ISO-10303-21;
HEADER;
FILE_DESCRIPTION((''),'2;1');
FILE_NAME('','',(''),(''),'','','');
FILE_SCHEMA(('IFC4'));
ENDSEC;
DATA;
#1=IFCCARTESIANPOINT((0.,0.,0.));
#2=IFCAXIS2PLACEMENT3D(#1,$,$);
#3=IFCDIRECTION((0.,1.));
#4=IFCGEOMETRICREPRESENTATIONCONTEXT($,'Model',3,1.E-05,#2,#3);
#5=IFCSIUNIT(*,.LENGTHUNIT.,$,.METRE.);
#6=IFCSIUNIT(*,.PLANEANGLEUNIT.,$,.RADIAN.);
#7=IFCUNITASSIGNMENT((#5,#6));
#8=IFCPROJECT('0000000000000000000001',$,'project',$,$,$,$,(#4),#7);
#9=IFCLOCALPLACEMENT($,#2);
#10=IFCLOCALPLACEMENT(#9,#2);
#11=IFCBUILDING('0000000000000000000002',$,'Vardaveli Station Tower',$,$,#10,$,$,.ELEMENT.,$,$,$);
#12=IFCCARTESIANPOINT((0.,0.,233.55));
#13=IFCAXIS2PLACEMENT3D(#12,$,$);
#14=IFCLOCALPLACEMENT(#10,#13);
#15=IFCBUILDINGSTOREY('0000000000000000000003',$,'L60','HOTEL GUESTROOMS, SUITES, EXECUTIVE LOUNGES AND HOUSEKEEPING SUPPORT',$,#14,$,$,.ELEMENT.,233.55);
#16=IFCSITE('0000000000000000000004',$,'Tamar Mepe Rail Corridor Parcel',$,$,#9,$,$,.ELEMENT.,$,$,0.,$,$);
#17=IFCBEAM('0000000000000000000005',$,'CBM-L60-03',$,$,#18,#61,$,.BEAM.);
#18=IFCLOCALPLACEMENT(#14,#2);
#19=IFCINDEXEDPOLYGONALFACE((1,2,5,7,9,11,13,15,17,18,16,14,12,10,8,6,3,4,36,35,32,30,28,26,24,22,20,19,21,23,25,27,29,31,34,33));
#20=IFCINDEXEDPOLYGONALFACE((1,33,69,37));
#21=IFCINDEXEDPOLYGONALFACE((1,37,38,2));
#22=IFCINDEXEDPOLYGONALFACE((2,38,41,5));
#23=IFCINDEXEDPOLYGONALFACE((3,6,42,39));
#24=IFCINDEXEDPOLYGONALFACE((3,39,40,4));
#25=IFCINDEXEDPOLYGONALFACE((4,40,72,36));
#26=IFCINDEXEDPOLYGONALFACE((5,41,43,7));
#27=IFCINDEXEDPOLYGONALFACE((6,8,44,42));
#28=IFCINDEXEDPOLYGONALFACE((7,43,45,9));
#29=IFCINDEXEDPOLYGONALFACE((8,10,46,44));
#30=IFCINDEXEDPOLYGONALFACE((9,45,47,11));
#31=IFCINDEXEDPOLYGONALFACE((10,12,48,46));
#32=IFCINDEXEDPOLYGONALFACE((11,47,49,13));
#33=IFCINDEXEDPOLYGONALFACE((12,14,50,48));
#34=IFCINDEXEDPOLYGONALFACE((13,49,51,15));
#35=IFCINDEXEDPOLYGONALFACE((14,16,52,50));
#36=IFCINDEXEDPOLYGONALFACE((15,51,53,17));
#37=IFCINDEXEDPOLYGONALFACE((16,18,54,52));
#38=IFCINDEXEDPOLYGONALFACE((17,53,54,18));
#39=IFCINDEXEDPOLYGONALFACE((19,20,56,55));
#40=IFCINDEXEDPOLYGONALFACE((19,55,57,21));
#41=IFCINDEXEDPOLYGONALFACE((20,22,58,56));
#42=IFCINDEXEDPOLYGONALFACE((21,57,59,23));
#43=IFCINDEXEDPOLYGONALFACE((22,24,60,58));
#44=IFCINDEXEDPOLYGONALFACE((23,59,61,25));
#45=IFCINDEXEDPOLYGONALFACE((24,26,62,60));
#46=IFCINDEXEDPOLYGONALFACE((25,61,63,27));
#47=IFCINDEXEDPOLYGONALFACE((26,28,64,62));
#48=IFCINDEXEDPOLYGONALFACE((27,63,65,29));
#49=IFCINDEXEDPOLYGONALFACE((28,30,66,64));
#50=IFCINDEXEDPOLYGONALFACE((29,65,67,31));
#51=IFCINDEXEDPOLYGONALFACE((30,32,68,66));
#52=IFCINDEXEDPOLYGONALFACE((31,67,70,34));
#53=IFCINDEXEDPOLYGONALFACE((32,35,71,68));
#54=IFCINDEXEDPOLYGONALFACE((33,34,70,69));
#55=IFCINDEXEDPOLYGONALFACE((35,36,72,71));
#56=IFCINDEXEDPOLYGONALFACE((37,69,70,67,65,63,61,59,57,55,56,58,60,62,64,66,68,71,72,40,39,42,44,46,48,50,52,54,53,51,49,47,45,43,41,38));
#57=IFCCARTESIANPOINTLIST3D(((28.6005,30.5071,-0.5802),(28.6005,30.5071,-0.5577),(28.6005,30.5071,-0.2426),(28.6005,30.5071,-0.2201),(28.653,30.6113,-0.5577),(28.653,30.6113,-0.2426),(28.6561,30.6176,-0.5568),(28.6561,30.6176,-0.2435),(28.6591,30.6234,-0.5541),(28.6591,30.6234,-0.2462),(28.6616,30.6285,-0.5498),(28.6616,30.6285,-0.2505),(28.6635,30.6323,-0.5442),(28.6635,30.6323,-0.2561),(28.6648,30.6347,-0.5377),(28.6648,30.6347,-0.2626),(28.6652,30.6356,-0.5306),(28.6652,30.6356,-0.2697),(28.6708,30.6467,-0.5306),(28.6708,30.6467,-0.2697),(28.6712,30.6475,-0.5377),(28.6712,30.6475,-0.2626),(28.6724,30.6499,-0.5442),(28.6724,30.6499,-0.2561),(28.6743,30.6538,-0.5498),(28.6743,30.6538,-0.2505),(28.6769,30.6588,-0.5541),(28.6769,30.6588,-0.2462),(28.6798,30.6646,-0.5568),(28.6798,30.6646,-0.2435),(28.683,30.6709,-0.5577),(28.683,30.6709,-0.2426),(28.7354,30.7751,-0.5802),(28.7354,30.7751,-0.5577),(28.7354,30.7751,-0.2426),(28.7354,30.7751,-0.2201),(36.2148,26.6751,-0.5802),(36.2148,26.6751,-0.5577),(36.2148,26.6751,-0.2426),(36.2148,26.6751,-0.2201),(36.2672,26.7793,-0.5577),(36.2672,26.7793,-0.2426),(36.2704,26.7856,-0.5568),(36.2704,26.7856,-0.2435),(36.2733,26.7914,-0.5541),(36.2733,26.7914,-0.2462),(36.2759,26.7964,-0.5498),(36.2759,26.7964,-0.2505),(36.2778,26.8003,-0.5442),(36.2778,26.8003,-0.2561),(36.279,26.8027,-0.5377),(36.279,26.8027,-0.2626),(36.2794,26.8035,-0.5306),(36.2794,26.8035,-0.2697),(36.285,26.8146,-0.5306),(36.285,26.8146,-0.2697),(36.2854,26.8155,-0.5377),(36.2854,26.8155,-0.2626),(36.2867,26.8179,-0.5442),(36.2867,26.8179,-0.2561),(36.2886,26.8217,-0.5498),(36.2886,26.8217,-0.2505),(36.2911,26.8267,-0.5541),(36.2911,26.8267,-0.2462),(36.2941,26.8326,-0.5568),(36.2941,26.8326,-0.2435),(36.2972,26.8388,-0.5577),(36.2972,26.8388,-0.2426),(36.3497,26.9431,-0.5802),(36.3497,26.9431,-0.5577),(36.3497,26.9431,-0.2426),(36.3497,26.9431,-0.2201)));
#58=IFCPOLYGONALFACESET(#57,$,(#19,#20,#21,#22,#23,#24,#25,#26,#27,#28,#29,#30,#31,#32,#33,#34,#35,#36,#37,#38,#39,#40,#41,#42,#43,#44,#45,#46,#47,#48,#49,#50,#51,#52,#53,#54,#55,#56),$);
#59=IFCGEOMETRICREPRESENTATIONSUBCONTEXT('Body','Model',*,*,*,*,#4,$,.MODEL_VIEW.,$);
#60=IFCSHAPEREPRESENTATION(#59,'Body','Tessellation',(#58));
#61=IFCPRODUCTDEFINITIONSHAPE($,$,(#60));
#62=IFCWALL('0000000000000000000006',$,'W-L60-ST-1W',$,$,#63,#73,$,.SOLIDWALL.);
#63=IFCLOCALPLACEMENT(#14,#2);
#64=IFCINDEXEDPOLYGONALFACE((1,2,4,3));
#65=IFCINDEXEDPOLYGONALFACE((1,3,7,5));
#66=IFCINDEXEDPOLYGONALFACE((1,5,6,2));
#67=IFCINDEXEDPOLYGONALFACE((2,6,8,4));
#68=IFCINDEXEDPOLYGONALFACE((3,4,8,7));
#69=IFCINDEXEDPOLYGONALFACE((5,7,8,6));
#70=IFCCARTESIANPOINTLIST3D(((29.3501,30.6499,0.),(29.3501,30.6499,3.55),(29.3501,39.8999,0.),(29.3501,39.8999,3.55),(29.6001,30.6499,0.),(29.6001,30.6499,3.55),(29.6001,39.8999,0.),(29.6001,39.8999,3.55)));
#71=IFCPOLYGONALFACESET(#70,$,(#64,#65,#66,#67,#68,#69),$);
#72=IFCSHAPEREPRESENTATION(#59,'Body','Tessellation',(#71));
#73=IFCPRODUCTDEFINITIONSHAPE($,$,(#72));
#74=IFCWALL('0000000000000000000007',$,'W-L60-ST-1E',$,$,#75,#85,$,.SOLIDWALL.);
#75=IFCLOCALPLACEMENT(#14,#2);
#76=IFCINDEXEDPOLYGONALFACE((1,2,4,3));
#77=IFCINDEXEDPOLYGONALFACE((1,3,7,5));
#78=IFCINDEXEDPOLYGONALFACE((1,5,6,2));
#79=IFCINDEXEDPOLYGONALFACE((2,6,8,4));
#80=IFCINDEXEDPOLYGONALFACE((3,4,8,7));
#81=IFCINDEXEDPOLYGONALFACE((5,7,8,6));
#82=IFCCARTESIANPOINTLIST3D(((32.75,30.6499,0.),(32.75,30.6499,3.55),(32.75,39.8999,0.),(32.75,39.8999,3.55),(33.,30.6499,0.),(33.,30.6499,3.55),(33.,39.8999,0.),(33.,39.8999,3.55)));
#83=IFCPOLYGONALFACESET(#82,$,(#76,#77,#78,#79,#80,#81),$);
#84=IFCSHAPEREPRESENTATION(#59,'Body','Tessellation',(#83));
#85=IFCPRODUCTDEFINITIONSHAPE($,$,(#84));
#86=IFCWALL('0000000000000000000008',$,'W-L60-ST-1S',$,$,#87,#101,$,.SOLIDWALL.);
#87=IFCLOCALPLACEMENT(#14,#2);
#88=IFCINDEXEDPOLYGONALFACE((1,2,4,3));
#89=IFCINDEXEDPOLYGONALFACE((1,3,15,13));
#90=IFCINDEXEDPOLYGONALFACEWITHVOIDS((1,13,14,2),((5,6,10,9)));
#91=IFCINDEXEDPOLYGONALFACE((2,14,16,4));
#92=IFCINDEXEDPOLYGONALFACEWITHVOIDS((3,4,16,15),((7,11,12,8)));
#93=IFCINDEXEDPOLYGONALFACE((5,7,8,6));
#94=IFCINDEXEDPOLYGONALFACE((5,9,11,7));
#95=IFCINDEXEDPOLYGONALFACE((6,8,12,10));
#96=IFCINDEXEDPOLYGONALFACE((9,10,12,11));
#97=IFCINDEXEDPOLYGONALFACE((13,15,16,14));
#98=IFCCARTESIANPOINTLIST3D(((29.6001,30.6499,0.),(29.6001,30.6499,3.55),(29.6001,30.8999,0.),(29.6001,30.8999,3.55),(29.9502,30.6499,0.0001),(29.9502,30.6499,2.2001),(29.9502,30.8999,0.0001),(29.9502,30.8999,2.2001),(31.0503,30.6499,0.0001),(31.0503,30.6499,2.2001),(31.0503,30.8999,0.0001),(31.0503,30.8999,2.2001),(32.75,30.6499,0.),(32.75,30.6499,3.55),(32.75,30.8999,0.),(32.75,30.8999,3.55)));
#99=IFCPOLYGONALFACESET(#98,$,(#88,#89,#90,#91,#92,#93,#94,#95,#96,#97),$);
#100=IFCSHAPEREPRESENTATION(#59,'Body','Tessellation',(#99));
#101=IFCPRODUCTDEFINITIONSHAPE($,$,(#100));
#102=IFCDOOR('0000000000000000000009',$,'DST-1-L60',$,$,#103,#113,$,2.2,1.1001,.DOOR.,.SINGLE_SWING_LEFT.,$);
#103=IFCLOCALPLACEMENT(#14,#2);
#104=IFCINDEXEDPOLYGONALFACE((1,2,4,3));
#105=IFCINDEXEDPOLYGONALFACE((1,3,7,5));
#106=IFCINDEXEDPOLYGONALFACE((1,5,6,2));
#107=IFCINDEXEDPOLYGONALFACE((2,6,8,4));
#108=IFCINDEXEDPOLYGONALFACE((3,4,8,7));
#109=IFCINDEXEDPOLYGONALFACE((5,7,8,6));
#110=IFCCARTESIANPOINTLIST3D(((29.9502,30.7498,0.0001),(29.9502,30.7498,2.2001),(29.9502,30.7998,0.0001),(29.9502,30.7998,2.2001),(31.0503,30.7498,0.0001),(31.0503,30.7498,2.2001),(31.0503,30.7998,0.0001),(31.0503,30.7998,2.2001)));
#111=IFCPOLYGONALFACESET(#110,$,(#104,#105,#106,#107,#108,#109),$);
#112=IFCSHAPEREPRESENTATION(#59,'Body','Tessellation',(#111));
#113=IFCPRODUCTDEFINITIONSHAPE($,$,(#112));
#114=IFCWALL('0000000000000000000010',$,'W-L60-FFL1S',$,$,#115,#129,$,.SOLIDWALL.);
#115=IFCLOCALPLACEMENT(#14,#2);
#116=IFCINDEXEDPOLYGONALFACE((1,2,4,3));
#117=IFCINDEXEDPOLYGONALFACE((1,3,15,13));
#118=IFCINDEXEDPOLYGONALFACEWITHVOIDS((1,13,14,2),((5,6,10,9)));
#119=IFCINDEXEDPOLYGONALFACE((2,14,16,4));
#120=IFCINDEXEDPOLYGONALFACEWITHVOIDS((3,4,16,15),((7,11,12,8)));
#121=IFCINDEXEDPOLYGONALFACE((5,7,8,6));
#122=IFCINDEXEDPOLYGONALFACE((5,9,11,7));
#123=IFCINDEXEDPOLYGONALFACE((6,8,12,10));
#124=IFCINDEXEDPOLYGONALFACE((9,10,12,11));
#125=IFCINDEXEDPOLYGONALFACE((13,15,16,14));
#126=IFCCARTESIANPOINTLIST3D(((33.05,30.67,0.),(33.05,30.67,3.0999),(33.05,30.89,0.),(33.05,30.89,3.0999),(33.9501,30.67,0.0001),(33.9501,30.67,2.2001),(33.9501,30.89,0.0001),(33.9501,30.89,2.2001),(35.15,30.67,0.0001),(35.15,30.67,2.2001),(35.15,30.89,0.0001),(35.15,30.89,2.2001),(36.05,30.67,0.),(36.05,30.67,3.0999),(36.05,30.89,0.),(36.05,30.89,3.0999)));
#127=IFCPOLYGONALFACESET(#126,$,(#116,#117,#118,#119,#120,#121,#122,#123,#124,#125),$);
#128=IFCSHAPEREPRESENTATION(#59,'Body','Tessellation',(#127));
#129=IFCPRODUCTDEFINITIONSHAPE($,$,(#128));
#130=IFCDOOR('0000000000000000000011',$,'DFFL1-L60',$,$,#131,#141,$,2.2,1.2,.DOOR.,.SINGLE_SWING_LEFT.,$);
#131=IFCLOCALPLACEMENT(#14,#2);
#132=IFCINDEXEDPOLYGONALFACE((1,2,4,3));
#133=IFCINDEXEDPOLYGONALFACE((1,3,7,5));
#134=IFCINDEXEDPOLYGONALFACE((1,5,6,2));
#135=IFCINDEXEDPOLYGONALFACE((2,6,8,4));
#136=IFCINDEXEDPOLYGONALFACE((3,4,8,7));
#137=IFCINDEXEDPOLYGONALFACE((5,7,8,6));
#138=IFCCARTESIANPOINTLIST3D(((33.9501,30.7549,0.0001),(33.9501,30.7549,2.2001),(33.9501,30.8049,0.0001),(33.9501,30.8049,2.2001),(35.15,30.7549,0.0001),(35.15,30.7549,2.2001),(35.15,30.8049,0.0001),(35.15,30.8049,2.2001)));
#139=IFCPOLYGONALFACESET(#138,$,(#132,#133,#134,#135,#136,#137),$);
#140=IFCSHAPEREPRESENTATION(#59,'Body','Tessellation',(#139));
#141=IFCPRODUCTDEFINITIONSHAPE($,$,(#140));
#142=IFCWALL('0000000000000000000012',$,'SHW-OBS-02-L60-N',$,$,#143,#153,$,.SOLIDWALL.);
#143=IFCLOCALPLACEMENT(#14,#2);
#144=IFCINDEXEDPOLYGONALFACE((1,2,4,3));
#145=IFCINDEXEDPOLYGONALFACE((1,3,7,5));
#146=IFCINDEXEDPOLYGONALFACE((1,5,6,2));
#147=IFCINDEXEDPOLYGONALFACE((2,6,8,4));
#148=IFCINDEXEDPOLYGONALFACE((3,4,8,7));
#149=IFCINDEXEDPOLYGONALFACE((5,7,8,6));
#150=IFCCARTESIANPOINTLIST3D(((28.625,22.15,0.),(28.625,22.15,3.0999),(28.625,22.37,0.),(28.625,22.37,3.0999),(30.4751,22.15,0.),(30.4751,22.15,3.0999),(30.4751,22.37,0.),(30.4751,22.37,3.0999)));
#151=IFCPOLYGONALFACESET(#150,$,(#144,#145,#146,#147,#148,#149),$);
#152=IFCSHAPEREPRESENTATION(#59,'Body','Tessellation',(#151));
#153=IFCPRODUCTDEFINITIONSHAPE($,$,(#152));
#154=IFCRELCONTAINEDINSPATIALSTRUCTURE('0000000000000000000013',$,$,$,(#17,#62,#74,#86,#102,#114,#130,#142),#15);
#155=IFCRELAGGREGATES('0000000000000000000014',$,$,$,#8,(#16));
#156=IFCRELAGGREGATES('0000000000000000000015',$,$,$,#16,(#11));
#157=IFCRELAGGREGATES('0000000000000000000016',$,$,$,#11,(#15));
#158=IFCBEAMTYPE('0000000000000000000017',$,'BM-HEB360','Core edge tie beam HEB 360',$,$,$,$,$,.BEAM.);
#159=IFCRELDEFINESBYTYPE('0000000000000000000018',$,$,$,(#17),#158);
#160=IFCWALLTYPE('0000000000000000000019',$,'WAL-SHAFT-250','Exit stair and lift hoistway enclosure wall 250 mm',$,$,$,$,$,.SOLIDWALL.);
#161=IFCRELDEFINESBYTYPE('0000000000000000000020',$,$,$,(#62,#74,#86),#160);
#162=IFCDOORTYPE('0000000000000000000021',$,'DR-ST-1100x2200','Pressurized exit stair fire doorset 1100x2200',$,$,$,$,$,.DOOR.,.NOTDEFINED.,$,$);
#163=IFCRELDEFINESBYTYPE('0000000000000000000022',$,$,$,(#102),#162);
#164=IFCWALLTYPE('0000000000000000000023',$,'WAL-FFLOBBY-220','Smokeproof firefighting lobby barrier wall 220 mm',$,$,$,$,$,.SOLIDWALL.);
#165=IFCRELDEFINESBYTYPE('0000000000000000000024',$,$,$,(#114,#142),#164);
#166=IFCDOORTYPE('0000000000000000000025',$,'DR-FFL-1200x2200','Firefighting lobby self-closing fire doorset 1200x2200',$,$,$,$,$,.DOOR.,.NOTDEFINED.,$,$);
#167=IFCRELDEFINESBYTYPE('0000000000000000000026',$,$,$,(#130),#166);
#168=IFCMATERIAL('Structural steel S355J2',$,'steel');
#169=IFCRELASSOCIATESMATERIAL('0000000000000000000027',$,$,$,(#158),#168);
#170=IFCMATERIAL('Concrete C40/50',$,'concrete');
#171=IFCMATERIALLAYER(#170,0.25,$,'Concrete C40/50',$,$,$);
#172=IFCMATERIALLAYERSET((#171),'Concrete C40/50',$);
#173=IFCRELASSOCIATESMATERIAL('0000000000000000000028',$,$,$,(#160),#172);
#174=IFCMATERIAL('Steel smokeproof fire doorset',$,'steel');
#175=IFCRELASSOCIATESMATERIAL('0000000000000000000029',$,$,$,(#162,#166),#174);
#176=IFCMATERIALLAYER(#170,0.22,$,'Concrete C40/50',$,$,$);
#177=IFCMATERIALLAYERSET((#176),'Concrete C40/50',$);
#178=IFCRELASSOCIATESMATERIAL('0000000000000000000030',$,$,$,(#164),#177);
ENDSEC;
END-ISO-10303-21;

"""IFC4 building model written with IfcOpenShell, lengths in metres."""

from ifc_helpers import new_model, si_unit, direction, frame, frame_2d, origin, origin_2d, place, context, subcontext, project, spatial, rectangle, i_section, extrude, source, transform, mapped, material, layer, layer_set, material_profile, profile_set, type_object, element, fill, save


model = new_model("IFC4")

# Units and contexts
model_context = context("Model", 3, precision=1e-05, world=origin(), true_north=direction((0.0, 1.0)))
body_context = subcontext(model_context, "Body", "Model", "MODEL_VIEW")
ifc_project = project(units=[si_unit("LENGTHUNIT", "METRE"), si_unit("PLANEANGLEUNIT", "RADIAN")], contexts=[model_context])

# Site, building, storey
site_placement = place(None, origin())
site = spatial("IfcSite", under=ifc_project, at=site_placement, Name="Tamar Mepe Rail Corridor Parcel", CompositionType="ELEMENT", RefElevation=0.0)
building_placement = place(site_placement, origin())
building = spatial("IfcBuilding", under=site, at=building_placement, Name="Vardaveli Station Tower", CompositionType="ELEMENT")
storey_placement = place(building_placement, frame((0.0, 0.0, 233.55)))
storey = spatial("IfcBuildingStorey", under=building, at=storey_placement, Name="L60", Description="HOTEL GUESTROOMS, SUITES, EXECUTIVE LOUNGES AND HOUSEKEEPING SUPPORT", CompositionType="ELEMENT", Elevation=233.55)

# Beam
ifc_material_1 = material(Name="Structural steel S355J2", Category="steel")
ifc_material_profile_1 = material_profile(ifc_material_1, i_section(OverallWidth=0.3, OverallDepth=0.3601, WebThickness=0.0125, FlangeThickness=0.0225, FilletRadius=0.0271, at=origin_2d()), Name="HEB 360")
ifc_profile_set_1 = profile_set([ifc_material_profile_1], Name="Structural steel S355J2")
beam_type_1 = type_object("IfcBeamType", Name="BM-HEB360", Description="Core edge tie beam HEB 360", PredefinedType="BEAM", material=ifc_profile_set_1)
shared_shape_1 = source(origin(), body_context, "Body", "SweptSolid", [
    extrude(i_section(OverallWidth=0.3, OverallDepth=0.3601, WebThickness=0.0125, FlangeThickness=0.0225, FilletRadius=0.0271, at=origin_2d()), origin(), (0.0, 0.0, 1.0), 8.5242),
])
beam_1_placement = place(storey_placement, frame((28.668, 30.6411, -0.4001), z_axis=(0.893256, -0.449549, 0.0), x_axis=(0.449549, 0.893256, 0.0)))
element("IfcBeam", 1, at=beam_1_placement, inside=storey, type_object=beam_type_1, Name="CBM-L60-03", PredefinedType="BEAM", context=body_context, shape_type="MappedRepresentation", body=[
    mapped(shared_shape_1, transform((0.0, 0.0, 0.0), scale=1.0)),
])

# Walls
ifc_material_2 = material(Name="Concrete C40/50", Category="concrete")
ifc_layer_1 = layer(ifc_material_2, 0.25, Name="Concrete C40/50")
ifc_layer_set_1 = layer_set([ifc_layer_1], Name="Concrete C40/50")
wall_type_1 = type_object("IfcWallType", Name="WAL-SHAFT-250", Description="Exit stair and lift hoistway enclosure wall 250 mm", PredefinedType="SOLIDWALL", material=ifc_layer_set_1)
shared_shape_2 = source(origin(), body_context, "Body", "SweptSolid", [
    extrude(rectangle(XDim=9.25, YDim=0.25, at=frame_2d((4.625, 0.0))), origin(), (0.0, 0.0, 1.0), 3.55),
])
for number, where, z_axis, x_axis, name in (
    (2, (29.4751, 30.6499, 0.0), (0.0, 0.0, 1.0), (0.0, 1.0, 0.0), "W-L60-ST-1W"),
    (3, (32.875, 30.6499, 0.0), (0.0, 0.0, 1.0), (0.0, 1.0, 0.0), "W-L60-ST-1E"),
):
    element("IfcWall", number, at=place(storey_placement, frame(where, z_axis=z_axis, x_axis=x_axis)), inside=storey, type_object=wall_type_1, Name=name, PredefinedType="SOLIDWALL", context=body_context, shape_type="MappedRepresentation", body=[
        mapped(shared_shape_2, transform((0.0, 0.0, 0.0), scale=1.0)),
    ])

# Walls, openings, doors
shared_shape_3 = source(origin(), body_context, "Body", "SweptSolid", [
    extrude(rectangle(XDim=3.1499, YDim=0.25, at=frame_2d((1.575, 0.0))), origin(), (0.0, 0.0, 1.0), 3.55),
])
wall_1_placement = place(storey_placement, frame((29.6001, 30.7749, 0.0), z_axis=(0.0, 0.0, 1.0), x_axis=(1.0, 0.0, 0.0)))
wall_1 = element("IfcWall", 4, at=wall_1_placement, inside=storey, type_object=wall_type_1, Name="W-L60-ST-1S", PredefinedType="SOLIDWALL", context=body_context, shape_type="MappedRepresentation", body=[
    mapped(shared_shape_3, transform((0.0, 0.0, 0.0), scale=1.0)),
])
shared_shape_4 = source(origin(), body_context, "Body", "SweptSolid", [
    extrude(rectangle(XDim=1.1001, YDim=2.2, at=frame_2d((0.55, 1.1001))), frame((0.0, 0.135, 0.0), z_axis=(0.0, -1.0, 0.0), x_axis=(1.0, 0.0, 0.0)), (0.0, 0.0, 1.0), 0.27),
])
opening_1_placement = place(wall_1_placement, frame((0.3501, 0.0, 0.0)))
opening_1 = element("IfcOpeningElement", 5, at=opening_1_placement, cuts=wall_1, PredefinedType="OPENING", context=body_context, shape_type="MappedRepresentation", body=[
    mapped(shared_shape_4, transform((0.0, 0.0, 0.0), scale=1.0)),
])
ifc_material_3 = material(Name="Steel smokeproof fire doorset", Category="steel")
door_type_1 = type_object("IfcDoorType", Name="DR-ST-1100x2200", Description="Pressurized exit stair fire doorset 1100x2200", OperationType="NOTDEFINED", PredefinedType="DOOR", material=ifc_material_3)
shared_shape_5 = source(origin(), body_context, "Body", "SweptSolid", [
    extrude(rectangle(XDim=1.1001, YDim=2.2, at=frame_2d((0.55, 1.1001))), frame((0.0, 0.0249, 0.0), z_axis=(0.0, -1.0, 0.0), x_axis=(1.0, 0.0, 0.0)), (0.0, 0.0, 1.0), 0.05),
])
door_1_placement = place(opening_1_placement, origin())
door_1 = element("IfcDoor", 6, at=door_1_placement, inside=storey, type_object=door_type_1, Name="DST-1-L60", OperationType="SINGLE_SWING_LEFT", OverallHeight=2.2, OverallWidth=1.1001, PredefinedType="DOOR", context=body_context, shape_type="MappedRepresentation", body=[
    mapped(shared_shape_5, transform((0.0, 0.0, 0.0), scale=1.0)),
])
fill(opening_1, door_1)
ifc_layer_2 = layer(ifc_material_2, 0.22, Name="Concrete C40/50")
ifc_layer_set_2 = layer_set([ifc_layer_2], Name="Concrete C40/50")
wall_type_2 = type_object("IfcWallType", Name="WAL-FFLOBBY-220", Description="Smokeproof firefighting lobby barrier wall 220 mm", PredefinedType="SOLIDWALL", material=ifc_layer_set_2)
shared_shape_6 = source(origin(), body_context, "Body", "SweptSolid", [
    extrude(rectangle(XDim=3.0, YDim=0.22, at=frame_2d((1.5, 0.0))), origin(), (0.0, 0.0, 1.0), 3.0999),
])
wall_2_placement = place(storey_placement, frame((33.05, 30.78, 0.0), z_axis=(0.0, 0.0, 1.0), x_axis=(1.0, 0.0, 0.0)))
wall_2 = element("IfcWall", 7, at=wall_2_placement, inside=storey, type_object=wall_type_2, Name="W-L60-FFL1S", PredefinedType="SOLIDWALL", context=body_context, shape_type="MappedRepresentation", body=[
    mapped(shared_shape_6, transform((0.0, 0.0, 0.0), scale=1.0)),
])
shared_shape_7 = source(origin(), body_context, "Body", "SweptSolid", [
    extrude(rectangle(XDim=1.2, YDim=2.2, at=frame_2d((0.6001, 1.1001))), frame((0.0, 0.1201, 0.0), z_axis=(0.0, -1.0, 0.0), x_axis=(1.0, 0.0, 0.0)), (0.0, 0.0, 1.0), 0.24),
])
opening_2_placement = place(wall_2_placement, frame((0.8999, 0.0, 0.0)))
opening_2 = element("IfcOpeningElement", 8, at=opening_2_placement, cuts=wall_2, PredefinedType="OPENING", context=body_context, shape_type="MappedRepresentation", body=[
    mapped(shared_shape_7, transform((0.0, 0.0, 0.0), scale=1.0)),
])
door_type_2 = type_object("IfcDoorType", Name="DR-FFL-1200x2200", Description="Firefighting lobby self-closing fire doorset 1200x2200", OperationType="NOTDEFINED", PredefinedType="DOOR", material=ifc_material_3)
shared_shape_8 = source(origin(), body_context, "Body", "SweptSolid", [
    extrude(rectangle(XDim=1.2, YDim=2.2, at=frame_2d((0.6001, 1.1001))), frame((0.0, 0.0249, 0.0), z_axis=(0.0, -1.0, 0.0), x_axis=(1.0, 0.0, 0.0)), (0.0, 0.0, 1.0), 0.05),
])
door_2_placement = place(opening_2_placement, origin())
door_2 = element("IfcDoor", 9, at=door_2_placement, inside=storey, type_object=door_type_2, Name="DFFL1-L60", OperationType="SINGLE_SWING_LEFT", OverallHeight=2.2, OverallWidth=1.2, PredefinedType="DOOR", context=body_context, shape_type="MappedRepresentation", body=[
    mapped(shared_shape_8, transform((0.0, 0.0, 0.0), scale=1.0)),
])
fill(opening_2, door_2)

# Wall
shared_shape_9 = source(origin(), body_context, "Body", "SweptSolid", [
    extrude(rectangle(XDim=1.8501, YDim=0.22, at=frame_2d((0.925, 0.0))), origin(), (0.0, 0.0, 1.0), 3.0999),
])
wall_3_placement = place(storey_placement, frame((28.625, 22.26, 0.0), z_axis=(0.0, 0.0, 1.0), x_axis=(1.0, 0.0, 0.0)))
element("IfcWall", 10, at=wall_3_placement, inside=storey, type_object=wall_type_2, Name="SHW-OBS-02-L60-N", PredefinedType="SOLIDWALL", context=body_context, shape_type="MappedRepresentation", body=[
    mapped(shared_shape_9, transform((0.0, 0.0, 0.0), scale=1.0)),
])

save(model, "model.ifc")
